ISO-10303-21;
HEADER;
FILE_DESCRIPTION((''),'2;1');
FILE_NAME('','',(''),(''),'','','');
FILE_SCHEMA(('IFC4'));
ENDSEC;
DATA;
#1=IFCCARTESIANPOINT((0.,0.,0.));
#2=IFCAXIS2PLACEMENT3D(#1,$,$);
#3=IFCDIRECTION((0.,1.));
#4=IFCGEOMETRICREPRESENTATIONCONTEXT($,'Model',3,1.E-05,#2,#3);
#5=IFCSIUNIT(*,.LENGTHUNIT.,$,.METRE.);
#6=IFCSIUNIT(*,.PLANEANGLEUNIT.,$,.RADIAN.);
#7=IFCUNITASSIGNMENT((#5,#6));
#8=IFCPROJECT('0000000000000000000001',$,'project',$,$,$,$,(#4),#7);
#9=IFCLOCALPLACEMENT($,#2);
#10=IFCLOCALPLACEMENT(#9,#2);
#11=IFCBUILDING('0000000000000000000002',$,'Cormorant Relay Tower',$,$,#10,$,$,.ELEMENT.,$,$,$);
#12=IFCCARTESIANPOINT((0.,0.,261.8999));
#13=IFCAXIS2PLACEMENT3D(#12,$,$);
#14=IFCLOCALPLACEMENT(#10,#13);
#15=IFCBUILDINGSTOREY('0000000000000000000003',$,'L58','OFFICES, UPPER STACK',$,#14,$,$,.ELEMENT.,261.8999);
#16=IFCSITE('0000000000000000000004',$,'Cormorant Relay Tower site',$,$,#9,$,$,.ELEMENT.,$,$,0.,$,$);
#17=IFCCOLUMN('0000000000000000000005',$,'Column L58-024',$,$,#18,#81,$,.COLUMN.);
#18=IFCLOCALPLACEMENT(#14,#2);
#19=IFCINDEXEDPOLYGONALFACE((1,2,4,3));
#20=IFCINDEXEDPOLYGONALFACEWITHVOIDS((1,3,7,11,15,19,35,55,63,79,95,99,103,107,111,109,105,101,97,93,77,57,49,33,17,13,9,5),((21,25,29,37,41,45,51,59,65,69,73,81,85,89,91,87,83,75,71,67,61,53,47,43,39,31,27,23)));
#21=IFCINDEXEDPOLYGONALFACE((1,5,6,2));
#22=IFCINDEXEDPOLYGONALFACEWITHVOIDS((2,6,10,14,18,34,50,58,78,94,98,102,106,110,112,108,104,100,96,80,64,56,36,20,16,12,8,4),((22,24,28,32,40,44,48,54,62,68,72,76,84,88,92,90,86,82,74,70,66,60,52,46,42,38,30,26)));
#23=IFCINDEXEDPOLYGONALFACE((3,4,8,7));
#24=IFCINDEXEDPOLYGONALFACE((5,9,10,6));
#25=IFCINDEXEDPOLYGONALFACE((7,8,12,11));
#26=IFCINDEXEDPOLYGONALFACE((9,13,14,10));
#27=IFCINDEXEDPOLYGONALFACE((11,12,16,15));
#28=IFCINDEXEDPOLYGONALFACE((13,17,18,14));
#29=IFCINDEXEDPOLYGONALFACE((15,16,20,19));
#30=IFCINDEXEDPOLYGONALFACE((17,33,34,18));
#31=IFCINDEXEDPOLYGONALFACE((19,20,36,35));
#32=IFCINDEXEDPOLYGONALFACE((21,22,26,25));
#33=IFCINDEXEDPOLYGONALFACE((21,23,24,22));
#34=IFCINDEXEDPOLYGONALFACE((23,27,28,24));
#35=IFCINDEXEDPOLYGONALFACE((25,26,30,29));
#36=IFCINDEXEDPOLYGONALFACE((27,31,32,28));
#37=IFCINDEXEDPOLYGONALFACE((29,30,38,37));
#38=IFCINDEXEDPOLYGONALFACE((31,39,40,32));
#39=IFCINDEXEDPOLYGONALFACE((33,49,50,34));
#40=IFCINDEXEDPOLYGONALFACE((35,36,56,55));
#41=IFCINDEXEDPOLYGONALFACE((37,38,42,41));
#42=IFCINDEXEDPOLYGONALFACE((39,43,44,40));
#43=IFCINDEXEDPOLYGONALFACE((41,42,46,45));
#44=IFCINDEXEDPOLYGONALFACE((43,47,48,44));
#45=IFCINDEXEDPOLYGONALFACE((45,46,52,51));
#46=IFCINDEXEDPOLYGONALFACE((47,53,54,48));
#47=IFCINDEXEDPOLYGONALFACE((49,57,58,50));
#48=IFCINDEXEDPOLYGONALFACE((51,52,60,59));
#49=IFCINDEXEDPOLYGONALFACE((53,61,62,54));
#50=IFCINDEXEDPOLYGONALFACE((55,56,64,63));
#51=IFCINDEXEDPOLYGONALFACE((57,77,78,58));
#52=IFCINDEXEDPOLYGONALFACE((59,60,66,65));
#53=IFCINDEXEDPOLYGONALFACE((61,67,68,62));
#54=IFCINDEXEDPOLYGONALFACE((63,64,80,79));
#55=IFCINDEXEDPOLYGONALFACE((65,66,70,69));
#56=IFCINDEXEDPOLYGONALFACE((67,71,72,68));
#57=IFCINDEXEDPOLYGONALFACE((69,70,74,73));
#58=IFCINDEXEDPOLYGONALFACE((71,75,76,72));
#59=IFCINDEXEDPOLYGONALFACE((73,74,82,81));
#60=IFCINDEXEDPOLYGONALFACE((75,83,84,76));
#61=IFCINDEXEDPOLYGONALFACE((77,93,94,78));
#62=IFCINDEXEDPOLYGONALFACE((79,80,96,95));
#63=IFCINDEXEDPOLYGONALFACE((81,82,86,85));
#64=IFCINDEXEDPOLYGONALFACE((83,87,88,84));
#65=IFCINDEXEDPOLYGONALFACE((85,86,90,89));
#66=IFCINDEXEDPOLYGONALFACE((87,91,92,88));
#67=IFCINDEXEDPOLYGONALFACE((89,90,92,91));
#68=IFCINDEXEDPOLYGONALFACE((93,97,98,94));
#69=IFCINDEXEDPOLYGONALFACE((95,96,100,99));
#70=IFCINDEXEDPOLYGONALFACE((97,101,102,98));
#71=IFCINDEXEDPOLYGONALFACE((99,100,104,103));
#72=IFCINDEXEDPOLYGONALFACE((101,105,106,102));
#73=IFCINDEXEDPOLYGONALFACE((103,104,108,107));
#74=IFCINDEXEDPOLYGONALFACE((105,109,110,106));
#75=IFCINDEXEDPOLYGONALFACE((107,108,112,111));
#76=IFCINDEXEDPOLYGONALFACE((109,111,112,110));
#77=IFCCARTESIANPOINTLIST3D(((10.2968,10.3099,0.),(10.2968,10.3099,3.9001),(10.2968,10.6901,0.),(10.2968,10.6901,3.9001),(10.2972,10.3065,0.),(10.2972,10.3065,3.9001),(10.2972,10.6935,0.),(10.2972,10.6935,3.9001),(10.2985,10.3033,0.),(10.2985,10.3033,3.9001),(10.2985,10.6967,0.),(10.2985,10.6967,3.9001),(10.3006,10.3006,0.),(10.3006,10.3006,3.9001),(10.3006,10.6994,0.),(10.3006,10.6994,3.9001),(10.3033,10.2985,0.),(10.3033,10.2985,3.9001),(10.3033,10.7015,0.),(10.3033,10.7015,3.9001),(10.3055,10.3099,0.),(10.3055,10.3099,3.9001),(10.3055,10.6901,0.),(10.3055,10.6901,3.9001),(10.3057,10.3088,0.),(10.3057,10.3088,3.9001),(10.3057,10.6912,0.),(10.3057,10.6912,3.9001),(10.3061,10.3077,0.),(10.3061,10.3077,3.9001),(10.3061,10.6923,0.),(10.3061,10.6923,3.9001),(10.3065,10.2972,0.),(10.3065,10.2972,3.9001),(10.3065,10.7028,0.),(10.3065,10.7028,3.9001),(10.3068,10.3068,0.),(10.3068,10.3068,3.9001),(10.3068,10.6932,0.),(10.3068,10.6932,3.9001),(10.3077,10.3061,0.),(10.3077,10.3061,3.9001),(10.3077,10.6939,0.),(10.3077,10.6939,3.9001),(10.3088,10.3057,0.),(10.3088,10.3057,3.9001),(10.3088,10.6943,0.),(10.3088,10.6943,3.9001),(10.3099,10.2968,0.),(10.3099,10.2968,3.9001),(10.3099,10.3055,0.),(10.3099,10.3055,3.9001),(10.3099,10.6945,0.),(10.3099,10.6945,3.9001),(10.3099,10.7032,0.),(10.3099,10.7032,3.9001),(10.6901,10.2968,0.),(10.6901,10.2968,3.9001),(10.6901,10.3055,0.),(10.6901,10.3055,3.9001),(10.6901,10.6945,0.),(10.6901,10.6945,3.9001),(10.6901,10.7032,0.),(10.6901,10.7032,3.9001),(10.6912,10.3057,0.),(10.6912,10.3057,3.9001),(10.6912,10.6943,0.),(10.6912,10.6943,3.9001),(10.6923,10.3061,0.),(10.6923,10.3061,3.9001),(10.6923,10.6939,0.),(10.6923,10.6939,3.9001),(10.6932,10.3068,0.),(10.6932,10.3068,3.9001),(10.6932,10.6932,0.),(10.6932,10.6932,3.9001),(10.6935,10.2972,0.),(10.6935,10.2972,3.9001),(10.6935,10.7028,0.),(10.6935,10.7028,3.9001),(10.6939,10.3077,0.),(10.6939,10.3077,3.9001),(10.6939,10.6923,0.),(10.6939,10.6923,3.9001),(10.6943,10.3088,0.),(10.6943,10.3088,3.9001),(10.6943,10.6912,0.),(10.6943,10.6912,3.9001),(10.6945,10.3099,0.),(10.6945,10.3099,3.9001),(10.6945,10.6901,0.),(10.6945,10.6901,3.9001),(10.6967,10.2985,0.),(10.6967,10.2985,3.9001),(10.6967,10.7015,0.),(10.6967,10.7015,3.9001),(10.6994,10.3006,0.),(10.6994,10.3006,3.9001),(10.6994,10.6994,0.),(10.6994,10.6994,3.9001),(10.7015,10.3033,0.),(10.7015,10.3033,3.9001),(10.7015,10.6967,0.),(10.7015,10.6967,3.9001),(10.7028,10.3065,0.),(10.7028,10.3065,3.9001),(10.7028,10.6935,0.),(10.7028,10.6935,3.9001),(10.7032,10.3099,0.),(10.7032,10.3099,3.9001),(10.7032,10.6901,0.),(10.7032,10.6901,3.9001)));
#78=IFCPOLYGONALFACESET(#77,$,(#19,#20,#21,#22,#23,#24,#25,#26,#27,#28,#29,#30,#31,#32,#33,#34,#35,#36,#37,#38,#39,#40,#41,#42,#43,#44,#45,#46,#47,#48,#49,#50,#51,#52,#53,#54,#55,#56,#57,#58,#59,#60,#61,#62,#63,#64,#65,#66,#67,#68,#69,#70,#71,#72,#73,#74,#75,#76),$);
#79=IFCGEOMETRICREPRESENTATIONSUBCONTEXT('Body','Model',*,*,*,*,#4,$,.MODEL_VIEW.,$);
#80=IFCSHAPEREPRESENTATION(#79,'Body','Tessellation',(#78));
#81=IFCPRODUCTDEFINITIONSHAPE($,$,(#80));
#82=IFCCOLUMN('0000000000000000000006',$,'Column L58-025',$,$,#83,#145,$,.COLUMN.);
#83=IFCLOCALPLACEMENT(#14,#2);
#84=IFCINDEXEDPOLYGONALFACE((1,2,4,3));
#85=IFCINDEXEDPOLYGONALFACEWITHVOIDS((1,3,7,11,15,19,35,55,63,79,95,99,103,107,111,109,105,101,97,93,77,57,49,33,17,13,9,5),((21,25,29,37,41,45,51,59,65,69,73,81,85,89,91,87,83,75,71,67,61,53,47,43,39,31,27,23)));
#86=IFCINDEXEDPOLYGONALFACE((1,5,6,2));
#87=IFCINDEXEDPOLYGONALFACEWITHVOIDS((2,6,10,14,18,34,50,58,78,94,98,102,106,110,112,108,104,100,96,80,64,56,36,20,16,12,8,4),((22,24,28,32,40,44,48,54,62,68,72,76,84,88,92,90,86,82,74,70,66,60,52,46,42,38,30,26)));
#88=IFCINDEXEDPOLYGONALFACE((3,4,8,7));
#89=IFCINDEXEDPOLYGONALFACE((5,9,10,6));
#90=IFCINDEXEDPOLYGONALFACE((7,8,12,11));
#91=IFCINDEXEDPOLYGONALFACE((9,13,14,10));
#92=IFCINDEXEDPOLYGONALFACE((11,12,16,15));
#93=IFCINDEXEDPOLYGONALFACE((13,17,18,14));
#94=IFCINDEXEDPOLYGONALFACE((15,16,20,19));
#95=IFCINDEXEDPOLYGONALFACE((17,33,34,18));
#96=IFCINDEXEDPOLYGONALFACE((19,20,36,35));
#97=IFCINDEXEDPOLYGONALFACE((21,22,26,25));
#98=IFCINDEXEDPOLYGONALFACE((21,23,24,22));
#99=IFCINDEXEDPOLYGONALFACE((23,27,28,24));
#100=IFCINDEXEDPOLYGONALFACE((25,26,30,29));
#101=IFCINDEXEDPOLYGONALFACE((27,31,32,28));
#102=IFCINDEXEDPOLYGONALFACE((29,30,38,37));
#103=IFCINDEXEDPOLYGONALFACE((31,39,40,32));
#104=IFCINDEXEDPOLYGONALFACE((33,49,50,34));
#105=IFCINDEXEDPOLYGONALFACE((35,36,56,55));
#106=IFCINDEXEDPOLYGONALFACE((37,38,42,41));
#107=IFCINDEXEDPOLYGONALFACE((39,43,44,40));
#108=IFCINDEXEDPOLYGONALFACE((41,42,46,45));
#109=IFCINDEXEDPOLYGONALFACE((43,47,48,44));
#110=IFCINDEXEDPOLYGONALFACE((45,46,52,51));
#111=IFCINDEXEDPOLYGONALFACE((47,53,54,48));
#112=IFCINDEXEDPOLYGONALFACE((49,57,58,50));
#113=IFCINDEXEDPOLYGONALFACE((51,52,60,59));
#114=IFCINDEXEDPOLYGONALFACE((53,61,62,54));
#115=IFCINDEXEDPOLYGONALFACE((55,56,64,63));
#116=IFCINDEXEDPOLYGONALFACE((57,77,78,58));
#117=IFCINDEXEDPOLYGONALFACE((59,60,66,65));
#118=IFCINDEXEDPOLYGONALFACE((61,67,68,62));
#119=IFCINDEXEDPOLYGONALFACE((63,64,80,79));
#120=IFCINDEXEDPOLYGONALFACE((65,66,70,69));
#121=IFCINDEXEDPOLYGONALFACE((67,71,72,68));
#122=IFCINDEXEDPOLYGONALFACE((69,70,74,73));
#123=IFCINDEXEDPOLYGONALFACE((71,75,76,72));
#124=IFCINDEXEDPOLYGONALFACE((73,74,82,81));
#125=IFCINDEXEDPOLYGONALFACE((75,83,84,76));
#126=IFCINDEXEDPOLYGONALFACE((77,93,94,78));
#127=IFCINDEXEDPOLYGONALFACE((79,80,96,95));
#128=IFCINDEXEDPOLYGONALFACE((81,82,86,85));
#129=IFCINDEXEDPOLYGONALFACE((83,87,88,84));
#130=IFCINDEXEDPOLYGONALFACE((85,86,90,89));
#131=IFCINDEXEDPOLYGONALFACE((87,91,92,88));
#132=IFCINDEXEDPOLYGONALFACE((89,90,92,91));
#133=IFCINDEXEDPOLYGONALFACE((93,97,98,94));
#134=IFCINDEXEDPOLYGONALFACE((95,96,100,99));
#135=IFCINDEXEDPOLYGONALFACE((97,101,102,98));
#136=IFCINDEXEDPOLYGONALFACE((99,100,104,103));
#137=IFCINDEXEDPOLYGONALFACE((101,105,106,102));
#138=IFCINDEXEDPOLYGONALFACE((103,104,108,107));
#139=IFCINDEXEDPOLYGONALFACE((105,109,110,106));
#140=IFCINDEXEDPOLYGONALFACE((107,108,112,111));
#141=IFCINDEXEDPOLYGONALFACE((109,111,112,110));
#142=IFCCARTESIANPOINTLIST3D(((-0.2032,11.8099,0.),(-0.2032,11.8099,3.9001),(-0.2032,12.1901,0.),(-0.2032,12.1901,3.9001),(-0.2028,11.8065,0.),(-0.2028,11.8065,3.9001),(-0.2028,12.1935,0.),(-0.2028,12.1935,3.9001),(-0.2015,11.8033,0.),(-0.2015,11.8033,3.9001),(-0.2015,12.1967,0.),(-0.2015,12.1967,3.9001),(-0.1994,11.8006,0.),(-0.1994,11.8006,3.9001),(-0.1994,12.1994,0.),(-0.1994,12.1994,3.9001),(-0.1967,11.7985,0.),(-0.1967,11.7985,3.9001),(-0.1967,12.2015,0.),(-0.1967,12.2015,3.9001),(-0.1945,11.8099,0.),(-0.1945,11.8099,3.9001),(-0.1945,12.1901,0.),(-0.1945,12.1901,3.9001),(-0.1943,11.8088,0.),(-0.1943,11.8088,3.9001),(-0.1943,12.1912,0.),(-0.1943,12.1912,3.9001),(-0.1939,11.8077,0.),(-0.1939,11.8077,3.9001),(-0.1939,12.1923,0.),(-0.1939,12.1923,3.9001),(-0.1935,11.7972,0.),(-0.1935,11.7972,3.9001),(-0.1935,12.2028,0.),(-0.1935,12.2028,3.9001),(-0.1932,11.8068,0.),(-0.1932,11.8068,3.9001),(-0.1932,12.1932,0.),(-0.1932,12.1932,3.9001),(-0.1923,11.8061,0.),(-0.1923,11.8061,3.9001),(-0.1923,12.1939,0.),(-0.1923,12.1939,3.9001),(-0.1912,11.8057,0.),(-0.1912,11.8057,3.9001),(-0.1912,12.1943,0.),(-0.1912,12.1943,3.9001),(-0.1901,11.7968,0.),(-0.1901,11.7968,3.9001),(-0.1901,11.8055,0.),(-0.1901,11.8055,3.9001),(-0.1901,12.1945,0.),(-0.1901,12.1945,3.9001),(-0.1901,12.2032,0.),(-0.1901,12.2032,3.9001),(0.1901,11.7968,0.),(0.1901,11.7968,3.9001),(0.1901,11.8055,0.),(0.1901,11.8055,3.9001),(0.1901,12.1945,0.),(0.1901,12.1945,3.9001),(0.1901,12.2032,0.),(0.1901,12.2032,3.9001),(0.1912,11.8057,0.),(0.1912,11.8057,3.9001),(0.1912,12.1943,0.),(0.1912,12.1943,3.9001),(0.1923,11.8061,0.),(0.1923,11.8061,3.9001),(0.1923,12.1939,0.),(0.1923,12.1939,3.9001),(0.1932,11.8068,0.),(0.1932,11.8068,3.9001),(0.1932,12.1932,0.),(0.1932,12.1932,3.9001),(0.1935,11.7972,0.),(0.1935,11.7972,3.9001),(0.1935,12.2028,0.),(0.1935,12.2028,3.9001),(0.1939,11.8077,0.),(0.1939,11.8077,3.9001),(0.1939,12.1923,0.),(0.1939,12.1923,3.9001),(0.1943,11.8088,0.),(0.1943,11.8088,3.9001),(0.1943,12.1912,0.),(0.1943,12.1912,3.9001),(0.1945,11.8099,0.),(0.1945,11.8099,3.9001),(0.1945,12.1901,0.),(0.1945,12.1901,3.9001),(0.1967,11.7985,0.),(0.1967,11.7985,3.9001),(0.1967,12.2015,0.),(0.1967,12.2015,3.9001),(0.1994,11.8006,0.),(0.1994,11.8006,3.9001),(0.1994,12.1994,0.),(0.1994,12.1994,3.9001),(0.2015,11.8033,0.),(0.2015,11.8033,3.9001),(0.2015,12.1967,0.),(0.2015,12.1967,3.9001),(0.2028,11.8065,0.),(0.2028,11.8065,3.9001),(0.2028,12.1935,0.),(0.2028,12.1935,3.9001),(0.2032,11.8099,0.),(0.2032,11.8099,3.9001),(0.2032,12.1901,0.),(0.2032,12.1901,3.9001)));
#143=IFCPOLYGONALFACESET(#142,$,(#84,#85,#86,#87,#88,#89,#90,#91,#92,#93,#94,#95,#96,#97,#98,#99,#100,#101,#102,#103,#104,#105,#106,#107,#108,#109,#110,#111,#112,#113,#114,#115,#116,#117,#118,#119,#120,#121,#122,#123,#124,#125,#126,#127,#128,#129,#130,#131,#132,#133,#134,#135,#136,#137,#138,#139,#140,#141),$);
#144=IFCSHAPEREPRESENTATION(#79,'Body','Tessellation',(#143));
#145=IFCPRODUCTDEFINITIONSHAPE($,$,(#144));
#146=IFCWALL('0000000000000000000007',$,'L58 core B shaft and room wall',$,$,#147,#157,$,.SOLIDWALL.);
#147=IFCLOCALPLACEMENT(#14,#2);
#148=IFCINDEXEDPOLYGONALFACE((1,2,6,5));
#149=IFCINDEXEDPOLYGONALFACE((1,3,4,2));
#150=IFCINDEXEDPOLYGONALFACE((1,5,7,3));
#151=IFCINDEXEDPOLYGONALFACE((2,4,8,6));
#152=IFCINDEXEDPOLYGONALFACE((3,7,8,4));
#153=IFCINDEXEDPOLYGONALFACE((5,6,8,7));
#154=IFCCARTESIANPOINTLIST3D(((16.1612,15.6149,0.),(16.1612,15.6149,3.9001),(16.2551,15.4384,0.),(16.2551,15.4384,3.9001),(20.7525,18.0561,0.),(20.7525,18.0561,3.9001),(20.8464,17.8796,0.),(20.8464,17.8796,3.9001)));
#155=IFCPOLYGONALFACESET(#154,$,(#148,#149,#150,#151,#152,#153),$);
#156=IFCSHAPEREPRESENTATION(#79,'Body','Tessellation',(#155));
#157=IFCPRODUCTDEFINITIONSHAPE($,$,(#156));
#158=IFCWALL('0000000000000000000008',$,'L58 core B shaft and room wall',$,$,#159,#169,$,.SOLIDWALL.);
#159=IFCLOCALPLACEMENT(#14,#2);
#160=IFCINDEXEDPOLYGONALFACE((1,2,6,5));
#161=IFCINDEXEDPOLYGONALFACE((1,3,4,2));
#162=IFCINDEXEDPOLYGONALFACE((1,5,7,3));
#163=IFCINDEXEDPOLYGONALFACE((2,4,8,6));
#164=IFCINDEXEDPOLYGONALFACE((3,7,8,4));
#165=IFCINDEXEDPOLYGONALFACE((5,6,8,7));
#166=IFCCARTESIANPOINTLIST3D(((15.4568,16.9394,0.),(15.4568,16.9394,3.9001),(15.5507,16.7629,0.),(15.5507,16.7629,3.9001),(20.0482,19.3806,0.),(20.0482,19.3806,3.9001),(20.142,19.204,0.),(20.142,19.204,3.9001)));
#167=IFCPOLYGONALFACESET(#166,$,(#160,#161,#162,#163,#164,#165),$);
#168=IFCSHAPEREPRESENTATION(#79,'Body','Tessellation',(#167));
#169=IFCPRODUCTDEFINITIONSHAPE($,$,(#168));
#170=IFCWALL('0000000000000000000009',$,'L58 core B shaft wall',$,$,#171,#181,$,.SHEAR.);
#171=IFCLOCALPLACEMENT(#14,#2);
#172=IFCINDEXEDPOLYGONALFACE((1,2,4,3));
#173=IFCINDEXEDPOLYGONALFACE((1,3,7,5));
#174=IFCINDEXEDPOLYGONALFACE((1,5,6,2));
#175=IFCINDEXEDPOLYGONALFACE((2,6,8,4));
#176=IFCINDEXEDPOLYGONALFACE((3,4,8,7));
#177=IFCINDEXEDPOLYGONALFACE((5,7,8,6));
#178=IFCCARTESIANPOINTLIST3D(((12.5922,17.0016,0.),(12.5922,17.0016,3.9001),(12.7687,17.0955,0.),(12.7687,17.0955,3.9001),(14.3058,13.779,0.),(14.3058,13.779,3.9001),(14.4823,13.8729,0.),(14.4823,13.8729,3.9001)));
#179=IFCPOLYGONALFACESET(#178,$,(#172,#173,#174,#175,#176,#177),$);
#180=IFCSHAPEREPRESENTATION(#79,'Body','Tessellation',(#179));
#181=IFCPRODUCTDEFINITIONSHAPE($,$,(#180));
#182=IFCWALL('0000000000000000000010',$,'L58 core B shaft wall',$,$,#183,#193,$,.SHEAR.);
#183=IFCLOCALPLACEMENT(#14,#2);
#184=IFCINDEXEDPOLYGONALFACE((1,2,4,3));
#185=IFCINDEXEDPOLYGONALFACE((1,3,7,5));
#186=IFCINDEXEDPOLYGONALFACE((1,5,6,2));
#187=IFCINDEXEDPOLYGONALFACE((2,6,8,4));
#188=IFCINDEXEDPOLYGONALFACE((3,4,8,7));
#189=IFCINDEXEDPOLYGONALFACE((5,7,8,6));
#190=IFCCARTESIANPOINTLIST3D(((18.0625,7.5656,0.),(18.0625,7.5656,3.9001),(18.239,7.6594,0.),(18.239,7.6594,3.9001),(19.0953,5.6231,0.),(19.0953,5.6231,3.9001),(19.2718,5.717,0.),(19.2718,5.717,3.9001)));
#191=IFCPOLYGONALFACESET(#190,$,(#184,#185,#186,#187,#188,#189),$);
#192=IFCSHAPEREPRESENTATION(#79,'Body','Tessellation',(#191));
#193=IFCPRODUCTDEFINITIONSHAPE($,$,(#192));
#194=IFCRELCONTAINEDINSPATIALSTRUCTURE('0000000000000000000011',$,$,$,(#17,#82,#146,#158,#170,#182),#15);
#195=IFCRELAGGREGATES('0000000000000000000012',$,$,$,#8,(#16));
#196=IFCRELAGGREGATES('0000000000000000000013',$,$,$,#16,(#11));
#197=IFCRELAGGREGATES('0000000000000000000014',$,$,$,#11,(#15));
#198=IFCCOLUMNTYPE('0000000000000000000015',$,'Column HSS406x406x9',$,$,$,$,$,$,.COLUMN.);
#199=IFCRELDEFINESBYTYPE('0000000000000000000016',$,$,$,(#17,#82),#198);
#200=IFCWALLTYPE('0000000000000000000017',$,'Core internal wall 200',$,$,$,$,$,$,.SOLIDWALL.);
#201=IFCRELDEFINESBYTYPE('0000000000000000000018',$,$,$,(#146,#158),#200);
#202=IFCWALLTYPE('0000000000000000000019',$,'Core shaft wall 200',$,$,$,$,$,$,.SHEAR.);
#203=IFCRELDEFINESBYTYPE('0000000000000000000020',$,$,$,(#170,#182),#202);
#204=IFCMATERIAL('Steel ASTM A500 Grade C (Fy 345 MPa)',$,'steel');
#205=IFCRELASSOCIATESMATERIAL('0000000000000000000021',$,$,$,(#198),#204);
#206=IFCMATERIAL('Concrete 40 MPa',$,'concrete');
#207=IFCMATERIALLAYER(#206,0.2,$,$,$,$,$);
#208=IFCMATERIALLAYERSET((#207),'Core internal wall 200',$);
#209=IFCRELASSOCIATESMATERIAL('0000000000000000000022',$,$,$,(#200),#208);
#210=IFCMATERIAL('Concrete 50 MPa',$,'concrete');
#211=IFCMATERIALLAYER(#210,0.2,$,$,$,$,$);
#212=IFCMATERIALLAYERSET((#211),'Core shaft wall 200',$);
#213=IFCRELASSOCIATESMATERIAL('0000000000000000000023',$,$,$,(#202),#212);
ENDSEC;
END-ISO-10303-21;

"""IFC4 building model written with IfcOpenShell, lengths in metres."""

from ifc_helpers import new_model, si_unit, direction, frame, frame_2d, origin, origin_2d, place, context, subcontext, project, spatial, rectangle, hollow_rectangle, extrude, material, layer, layer_set, material_profile, profile_set, type_object, element, save


model = new_model("IFC4")

# Units and contexts
model_context = context("Model", 3, precision=1e-05, world=origin(), true_north=direction((0.0, 1.0)))
body_context = subcontext(model_context, "Body", "Model", "MODEL_VIEW")
ifc_project = project(units=[si_unit("LENGTHUNIT", "METRE"), si_unit("PLANEANGLEUNIT", "RADIAN")], contexts=[model_context])

# Site, building, storey
site_placement = place(None, origin())
site = spatial("IfcSite", under=ifc_project, at=site_placement, Name="Cormorant Relay Tower site", CompositionType="ELEMENT", RefElevation=0.0)
building_placement = place(site_placement, origin())
building = spatial("IfcBuilding", under=site, at=building_placement, Name="Cormorant Relay Tower", CompositionType="ELEMENT")
storey_placement = place(building_placement, frame((0.0, 0.0, 261.8999)))
storey = spatial("IfcBuildingStorey", under=building, at=storey_placement, Name="L58", Description="OFFICES, UPPER STACK", CompositionType="ELEMENT", Elevation=261.8999)

# Columns
ifc_material_1 = material(Name="Steel ASTM A500 Grade C (Fy 345 MPa)", Category="steel")
ifc_material_profile = material_profile(ifc_material_1, hollow_rectangle(XDim=0.4065, YDim=0.4065, WallThickness=0.0088, InnerFilletRadius=0.0044, OuterFilletRadius=0.0132, at=origin_2d()), Name="HSS406x406x9")
ifc_profile_set = profile_set([ifc_material_profile], Name="Steel ASTM A500 Grade C (Fy 345 MPa)")
column_type = type_object("IfcColumnType", Name="Column HSS406x406x9", PredefinedType="COLUMN", material=ifc_profile_set)
for number, where, z_axis, x_axis, name in (
    (1, (10.5, 10.5, 0.0), (0.0, 0.0, 1.0), (1.0, 0.0, 0.0), "Column L58-024"),
    (2, (0.0, 12.0, 0.0), (0.0, 0.0, 1.0), (1.0, 0.0, 0.0), "Column L58-025"),
):
    element("IfcColumn", number, at=place(storey_placement, frame(where, z_axis=z_axis, x_axis=x_axis)), inside=storey, type_object=column_type, Name=name, PredefinedType="COLUMN", context=body_context, shape_type="SweptSolid", body=[
        extrude(hollow_rectangle(XDim=0.4065, YDim=0.4065, WallThickness=0.0088, InnerFilletRadius=0.0044, OuterFilletRadius=0.0132, at=origin_2d()), origin(), (0.0, 0.0, 1.0), 3.9001),
    ])

# Walls
ifc_material_2 = material(Name="Concrete 40 MPa", Category="concrete")
ifc_layer_1 = layer(ifc_material_2, 0.2)
ifc_layer_set_1 = layer_set([ifc_layer_1], Name="Core internal wall 200")
wall_type_1 = type_object("IfcWallType", Name="Core internal wall 200", PredefinedType="SOLIDWALL", material=ifc_layer_set_1)
for number, where, z_axis, x_axis, name in (
    (3, (16.208, 15.5266, 0.0), (0.0, 0.0, 1.0), (0.882954, 0.46946, 0.0), "L58 core B shaft and room wall"),
    (4, (15.5037, 16.8511, 0.0), (0.0, 0.0, 1.0), (0.882954, 0.46946, 0.0), "L58 core B shaft and room wall"),
):
    element("IfcWall", number, at=place(storey_placement, frame(where, z_axis=z_axis, x_axis=x_axis)), inside=storey, type_object=wall_type_1, Name=name, PredefinedType="SOLIDWALL", context=body_context, shape_type="SweptSolid", body=[
        extrude(rectangle(XDim=5.2, YDim=0.2, at=frame_2d((2.6001, 0.0))), origin(), (0.0, 0.0, 1.0), 3.9001),
    ])
ifc_material_3 = material(Name="Concrete 50 MPa", Category="concrete")
ifc_layer_2 = layer(ifc_material_3, 0.2)
ifc_layer_set_2 = layer_set([ifc_layer_2], Name="Core shaft wall 200")
wall_type_2 = type_object("IfcWallType", Name="Core shaft wall 200", PredefinedType="SHEAR", material=ifc_layer_set_2)
wall_1_placement = place(storey_placement, frame((14.394, 13.8259, 0.0), z_axis=(0.0, 0.0, 1.0), x_axis=(-0.469494, 0.882936, 0.0)))
element("IfcWall", 5, at=wall_1_placement, inside=storey, type_object=wall_type_2, Name="L58 core B shaft wall", PredefinedType="SHEAR", context=body_context, shape_type="SweptSolid", body=[
    extrude(rectangle(XDim=3.6499, YDim=0.2, at=frame_2d((1.825, 0.0))), origin(), (0.0, 0.0, 1.0), 3.9001),
])
wall_2_placement = place(storey_placement, frame((19.1836, 5.6699, 0.0), z_axis=(0.0, 0.0, 1.0), x_axis=(-0.469447, 0.88296, 0.0)))
element("IfcWall", 6, at=wall_2_placement, inside=storey, type_object=wall_type_2, Name="L58 core B shaft wall", PredefinedType="SHEAR", context=body_context, shape_type="SweptSolid", body=[
    extrude(rectangle(XDim=2.2, YDim=0.2, at=frame_2d((1.1001, 0.0))), origin(), (0.0, 0.0, 1.0), 3.9001),
])

save(model, "model.ifc")
